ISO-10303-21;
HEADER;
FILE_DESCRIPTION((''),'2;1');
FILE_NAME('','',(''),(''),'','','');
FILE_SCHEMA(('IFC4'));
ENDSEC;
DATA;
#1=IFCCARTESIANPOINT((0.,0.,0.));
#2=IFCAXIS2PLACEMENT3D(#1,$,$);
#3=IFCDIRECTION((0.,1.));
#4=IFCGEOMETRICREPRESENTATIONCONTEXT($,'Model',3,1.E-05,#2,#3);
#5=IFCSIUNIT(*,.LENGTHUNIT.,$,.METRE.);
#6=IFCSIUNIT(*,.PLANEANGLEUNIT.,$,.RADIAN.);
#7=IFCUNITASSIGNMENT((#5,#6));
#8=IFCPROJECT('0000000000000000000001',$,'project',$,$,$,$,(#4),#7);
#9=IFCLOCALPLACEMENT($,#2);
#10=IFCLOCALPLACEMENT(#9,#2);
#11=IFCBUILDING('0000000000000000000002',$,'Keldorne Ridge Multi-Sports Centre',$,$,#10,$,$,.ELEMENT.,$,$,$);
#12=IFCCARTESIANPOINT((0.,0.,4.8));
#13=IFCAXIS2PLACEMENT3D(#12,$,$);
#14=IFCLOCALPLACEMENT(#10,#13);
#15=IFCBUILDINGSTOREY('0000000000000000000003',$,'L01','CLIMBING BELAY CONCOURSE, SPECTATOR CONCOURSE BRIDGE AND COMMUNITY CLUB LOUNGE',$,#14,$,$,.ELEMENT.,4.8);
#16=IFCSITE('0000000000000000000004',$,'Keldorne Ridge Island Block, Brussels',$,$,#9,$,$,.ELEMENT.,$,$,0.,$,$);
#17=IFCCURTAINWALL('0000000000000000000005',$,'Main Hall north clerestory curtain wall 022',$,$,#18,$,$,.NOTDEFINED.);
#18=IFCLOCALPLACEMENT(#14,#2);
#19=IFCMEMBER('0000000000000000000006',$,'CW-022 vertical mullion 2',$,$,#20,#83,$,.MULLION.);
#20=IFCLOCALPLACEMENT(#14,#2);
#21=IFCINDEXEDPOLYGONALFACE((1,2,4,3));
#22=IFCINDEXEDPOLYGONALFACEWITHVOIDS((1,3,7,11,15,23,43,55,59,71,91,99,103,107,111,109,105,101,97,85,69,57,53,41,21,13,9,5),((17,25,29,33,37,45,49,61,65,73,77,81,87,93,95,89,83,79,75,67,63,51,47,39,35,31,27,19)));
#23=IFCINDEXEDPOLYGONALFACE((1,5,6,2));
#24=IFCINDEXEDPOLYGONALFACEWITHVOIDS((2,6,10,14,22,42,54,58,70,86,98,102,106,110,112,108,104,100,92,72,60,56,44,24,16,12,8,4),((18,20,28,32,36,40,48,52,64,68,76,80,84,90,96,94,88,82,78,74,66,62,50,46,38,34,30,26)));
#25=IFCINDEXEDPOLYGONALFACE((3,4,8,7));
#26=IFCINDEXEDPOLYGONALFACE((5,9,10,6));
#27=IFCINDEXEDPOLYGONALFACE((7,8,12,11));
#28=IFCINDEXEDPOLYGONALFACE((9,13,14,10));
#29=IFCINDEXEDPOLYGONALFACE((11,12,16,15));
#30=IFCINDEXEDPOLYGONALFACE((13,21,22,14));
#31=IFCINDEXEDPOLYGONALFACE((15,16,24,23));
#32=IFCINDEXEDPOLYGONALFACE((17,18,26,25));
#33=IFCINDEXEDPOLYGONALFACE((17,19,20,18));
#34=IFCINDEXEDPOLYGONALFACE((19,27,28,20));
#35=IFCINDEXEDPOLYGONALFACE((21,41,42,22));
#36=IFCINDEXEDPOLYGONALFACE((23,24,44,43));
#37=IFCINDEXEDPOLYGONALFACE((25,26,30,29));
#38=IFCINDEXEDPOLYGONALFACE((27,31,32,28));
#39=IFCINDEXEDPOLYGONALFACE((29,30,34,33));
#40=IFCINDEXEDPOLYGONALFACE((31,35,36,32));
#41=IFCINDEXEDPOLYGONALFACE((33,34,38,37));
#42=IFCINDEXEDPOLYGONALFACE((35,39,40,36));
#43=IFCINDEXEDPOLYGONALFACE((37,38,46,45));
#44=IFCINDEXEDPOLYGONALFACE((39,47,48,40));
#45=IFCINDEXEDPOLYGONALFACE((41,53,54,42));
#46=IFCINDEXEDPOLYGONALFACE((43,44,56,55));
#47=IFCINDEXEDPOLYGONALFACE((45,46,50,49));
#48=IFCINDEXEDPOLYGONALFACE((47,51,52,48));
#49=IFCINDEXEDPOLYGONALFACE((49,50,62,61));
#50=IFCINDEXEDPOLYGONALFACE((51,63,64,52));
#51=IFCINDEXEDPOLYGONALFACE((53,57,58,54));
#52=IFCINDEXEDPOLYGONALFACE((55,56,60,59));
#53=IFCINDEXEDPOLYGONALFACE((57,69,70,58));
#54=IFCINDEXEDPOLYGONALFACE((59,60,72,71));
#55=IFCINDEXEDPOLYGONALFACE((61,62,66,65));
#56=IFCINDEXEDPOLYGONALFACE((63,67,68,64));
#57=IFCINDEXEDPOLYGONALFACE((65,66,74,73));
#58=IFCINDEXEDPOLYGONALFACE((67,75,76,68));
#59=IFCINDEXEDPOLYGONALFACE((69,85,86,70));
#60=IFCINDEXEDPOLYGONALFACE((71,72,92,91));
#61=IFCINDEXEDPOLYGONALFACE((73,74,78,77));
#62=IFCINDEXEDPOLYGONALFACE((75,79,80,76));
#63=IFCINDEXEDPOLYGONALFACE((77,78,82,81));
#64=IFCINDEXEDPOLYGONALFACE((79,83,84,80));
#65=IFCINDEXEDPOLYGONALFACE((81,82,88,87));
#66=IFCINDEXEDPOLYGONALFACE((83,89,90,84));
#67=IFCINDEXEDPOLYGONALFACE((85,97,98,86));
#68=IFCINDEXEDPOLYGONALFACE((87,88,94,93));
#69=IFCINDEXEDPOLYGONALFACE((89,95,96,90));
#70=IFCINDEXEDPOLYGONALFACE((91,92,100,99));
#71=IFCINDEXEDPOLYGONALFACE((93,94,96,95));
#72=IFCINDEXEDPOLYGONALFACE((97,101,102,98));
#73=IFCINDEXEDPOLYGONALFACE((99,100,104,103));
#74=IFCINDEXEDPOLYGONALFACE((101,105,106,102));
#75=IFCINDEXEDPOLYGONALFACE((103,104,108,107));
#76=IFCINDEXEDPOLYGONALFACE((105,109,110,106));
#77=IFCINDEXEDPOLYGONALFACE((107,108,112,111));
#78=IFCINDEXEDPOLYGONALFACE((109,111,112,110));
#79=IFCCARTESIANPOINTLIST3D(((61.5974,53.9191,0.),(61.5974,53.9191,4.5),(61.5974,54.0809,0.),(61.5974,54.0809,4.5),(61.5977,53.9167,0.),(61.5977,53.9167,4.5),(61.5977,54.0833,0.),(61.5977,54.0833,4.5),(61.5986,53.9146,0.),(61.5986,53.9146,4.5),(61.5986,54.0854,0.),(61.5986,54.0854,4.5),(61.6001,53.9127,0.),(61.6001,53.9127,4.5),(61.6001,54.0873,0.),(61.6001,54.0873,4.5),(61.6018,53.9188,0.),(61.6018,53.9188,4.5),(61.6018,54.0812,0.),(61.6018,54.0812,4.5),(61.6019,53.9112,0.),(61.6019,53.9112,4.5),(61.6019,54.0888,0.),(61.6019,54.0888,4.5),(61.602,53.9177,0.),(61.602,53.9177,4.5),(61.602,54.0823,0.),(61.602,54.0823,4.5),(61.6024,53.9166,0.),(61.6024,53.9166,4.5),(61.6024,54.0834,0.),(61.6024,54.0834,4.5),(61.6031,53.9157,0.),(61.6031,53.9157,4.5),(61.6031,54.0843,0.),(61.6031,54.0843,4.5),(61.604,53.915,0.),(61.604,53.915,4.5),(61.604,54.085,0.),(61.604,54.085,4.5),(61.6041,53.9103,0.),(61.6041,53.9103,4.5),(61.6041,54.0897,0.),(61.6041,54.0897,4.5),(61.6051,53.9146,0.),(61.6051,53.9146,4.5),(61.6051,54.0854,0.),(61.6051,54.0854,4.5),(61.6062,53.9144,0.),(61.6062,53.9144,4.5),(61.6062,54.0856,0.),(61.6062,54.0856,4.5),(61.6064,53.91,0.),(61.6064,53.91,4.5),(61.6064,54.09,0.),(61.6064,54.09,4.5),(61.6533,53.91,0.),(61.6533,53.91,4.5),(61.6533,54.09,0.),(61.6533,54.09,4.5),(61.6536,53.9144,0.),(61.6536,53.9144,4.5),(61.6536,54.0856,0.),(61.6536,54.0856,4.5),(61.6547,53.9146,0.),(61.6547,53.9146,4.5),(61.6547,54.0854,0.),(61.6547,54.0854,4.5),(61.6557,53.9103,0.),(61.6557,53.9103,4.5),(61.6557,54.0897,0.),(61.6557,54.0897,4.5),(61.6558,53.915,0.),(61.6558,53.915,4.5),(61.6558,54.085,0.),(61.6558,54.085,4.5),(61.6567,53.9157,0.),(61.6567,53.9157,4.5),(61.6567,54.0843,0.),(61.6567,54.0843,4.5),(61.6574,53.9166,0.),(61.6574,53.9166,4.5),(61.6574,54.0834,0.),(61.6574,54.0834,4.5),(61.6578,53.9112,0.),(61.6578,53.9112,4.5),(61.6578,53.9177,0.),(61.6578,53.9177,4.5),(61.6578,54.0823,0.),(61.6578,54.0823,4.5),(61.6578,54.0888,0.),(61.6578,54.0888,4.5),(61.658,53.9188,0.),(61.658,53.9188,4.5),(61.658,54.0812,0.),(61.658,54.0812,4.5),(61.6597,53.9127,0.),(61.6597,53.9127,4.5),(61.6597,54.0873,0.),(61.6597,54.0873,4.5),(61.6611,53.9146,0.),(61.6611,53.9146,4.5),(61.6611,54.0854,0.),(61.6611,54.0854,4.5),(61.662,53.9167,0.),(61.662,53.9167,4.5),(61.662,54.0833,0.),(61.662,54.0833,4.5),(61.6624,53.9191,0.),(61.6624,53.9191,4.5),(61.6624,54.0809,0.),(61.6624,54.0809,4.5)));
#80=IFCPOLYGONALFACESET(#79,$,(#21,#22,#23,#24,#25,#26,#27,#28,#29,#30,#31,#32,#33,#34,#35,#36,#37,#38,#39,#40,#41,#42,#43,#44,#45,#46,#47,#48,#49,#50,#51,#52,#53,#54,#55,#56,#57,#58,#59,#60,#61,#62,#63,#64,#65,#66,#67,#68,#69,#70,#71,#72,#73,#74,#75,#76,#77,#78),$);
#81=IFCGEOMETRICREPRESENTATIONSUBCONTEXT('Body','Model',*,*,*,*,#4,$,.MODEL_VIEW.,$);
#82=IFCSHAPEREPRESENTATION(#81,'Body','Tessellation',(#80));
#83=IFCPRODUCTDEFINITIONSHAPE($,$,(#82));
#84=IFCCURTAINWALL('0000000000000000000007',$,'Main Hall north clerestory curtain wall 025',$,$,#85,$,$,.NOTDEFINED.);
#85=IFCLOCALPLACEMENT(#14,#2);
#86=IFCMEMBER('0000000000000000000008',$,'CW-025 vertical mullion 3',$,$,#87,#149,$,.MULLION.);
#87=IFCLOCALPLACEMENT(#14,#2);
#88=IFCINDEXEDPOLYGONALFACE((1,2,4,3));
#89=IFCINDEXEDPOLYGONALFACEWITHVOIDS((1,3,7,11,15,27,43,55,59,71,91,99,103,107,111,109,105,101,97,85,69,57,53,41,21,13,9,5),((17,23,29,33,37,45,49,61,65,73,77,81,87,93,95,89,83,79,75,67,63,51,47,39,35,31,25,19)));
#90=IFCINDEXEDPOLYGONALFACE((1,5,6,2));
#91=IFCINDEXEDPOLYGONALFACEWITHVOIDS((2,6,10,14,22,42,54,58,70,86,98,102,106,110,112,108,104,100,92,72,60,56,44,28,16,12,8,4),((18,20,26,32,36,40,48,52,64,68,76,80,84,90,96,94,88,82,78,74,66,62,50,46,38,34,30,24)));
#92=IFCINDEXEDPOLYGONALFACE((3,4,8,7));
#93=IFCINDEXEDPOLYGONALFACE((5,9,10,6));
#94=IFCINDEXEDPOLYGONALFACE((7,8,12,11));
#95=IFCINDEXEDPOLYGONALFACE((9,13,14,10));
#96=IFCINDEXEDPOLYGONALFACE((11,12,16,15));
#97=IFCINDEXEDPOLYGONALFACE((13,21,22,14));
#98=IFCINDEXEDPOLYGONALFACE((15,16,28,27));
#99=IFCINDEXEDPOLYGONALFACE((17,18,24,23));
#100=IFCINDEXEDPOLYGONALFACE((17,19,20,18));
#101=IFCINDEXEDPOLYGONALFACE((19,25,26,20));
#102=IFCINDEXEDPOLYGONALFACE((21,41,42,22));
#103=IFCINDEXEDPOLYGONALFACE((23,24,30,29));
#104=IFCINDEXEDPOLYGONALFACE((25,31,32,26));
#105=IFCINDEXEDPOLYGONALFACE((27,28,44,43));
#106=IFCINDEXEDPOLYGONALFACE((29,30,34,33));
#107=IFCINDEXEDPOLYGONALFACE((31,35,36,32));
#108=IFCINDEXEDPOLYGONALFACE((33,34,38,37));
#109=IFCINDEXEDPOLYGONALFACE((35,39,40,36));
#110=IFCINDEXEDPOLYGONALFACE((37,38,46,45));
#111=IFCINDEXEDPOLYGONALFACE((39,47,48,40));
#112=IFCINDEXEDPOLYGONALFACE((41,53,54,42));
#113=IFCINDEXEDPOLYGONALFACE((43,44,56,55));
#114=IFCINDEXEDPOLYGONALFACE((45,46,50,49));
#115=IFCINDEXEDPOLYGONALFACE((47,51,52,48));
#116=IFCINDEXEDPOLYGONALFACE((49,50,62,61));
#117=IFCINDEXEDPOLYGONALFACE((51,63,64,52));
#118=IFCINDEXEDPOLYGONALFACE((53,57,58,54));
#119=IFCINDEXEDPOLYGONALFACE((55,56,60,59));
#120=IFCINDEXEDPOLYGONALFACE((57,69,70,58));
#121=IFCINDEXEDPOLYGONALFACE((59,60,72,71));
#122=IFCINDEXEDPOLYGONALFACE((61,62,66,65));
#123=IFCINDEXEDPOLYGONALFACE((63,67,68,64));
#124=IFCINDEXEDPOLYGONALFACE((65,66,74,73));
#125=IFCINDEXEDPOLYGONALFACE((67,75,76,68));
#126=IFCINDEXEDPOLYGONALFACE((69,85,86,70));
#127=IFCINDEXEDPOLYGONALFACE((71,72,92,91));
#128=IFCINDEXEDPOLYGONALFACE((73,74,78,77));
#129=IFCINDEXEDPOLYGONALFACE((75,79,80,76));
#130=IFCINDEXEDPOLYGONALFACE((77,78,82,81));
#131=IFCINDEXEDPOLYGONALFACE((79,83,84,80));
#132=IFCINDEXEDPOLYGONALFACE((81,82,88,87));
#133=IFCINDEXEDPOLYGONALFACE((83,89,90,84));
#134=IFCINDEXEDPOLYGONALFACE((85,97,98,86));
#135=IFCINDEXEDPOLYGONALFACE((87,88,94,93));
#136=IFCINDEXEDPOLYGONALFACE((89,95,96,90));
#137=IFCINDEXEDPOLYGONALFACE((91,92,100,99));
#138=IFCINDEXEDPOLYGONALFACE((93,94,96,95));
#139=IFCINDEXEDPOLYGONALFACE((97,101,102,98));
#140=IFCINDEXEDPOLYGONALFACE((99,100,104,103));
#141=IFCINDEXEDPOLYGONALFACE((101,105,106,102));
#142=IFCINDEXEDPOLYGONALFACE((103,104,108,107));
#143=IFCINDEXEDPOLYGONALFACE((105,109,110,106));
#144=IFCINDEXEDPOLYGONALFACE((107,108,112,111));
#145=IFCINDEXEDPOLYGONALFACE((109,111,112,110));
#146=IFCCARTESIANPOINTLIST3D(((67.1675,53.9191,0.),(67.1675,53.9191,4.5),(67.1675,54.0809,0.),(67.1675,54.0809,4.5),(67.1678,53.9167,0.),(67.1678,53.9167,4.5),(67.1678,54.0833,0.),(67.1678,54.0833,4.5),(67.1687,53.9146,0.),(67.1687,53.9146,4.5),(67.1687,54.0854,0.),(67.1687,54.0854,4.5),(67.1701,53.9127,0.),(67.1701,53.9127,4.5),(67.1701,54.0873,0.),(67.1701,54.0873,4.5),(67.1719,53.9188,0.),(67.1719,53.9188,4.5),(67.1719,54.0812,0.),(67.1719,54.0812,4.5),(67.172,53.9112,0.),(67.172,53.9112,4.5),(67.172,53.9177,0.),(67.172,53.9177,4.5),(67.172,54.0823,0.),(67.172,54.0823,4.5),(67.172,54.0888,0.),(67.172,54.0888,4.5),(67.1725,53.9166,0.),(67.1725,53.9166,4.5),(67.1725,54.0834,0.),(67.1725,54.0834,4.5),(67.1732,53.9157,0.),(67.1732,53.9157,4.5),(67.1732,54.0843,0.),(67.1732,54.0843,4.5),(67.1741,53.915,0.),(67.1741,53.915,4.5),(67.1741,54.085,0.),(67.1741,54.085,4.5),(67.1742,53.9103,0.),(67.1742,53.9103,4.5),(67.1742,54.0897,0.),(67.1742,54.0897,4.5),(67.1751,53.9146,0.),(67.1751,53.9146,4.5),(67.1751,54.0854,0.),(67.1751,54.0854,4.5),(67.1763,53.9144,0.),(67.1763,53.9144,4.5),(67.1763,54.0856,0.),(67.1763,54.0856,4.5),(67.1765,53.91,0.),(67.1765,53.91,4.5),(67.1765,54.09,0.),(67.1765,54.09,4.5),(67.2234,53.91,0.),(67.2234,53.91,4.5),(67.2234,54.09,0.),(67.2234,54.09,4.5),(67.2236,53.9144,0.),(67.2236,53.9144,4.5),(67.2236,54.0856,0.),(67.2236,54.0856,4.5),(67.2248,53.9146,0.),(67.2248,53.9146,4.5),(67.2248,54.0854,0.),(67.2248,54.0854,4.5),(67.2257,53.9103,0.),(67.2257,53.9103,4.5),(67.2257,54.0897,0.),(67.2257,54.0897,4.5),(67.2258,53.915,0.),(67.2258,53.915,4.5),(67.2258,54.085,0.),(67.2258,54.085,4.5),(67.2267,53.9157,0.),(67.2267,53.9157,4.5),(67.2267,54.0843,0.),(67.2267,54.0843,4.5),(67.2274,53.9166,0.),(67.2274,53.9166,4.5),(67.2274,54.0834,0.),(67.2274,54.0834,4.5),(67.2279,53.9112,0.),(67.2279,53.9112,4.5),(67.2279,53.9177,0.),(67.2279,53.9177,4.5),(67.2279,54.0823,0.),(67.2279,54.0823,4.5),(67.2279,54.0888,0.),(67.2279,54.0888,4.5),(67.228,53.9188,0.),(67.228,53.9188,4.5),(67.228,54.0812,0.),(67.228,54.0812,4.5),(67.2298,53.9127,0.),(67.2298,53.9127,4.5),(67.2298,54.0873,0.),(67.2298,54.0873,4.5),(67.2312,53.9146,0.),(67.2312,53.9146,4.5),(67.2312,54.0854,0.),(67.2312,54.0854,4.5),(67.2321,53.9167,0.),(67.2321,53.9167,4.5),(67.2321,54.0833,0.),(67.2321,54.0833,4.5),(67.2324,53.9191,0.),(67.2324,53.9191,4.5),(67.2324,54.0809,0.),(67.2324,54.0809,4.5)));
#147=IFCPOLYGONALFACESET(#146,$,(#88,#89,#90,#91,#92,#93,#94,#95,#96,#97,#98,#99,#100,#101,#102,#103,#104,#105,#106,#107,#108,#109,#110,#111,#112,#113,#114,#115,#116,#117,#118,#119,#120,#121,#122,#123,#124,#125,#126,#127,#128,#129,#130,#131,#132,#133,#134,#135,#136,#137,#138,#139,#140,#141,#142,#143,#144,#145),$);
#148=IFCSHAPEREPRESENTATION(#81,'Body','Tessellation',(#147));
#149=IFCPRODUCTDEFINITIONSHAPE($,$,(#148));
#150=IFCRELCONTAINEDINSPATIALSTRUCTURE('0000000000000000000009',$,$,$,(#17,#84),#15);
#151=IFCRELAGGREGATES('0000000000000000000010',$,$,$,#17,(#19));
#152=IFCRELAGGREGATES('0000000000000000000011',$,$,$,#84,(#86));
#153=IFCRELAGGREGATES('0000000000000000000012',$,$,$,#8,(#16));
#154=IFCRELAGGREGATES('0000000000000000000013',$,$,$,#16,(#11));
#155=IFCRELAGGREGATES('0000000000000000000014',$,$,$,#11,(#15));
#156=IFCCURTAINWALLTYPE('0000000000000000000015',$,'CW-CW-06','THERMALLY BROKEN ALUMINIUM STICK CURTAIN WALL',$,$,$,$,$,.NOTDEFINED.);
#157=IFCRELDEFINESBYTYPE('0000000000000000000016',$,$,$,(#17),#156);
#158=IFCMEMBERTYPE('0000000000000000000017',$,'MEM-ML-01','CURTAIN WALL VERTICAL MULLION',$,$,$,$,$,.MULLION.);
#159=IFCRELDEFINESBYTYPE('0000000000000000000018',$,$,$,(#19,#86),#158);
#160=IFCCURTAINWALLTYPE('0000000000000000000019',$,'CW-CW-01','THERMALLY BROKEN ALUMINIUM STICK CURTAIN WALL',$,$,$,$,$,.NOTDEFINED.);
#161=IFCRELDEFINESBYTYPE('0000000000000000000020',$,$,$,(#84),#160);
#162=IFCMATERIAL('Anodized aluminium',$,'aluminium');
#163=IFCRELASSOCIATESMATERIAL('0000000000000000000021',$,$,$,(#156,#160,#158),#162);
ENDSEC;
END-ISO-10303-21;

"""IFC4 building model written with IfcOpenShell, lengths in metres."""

from ifc_helpers import new_model, si_unit, direction, frame, origin, origin_2d, place, context, subcontext, project, spatial, hollow_rectangle, extrude, material, material_profile, profile_set, type_object, element, aggregate, save


model = new_model("IFC4")

# Units and contexts
model_context = context("Model", 3, precision=1e-05, world=origin(), true_north=direction((0.0, 1.0)))
body_context = subcontext(model_context, "Body", "Model", "MODEL_VIEW")
ifc_project = project(units=[si_unit("LENGTHUNIT", "METRE"), si_unit("PLANEANGLEUNIT", "RADIAN")], contexts=[model_context])

# Site, building, storey
site_placement = place(None, origin())
site = spatial("IfcSite", under=ifc_project, at=site_placement, Name="Keldorne Ridge Island Block, Brussels", CompositionType="ELEMENT", RefElevation=0.0)
building_placement = place(site_placement, origin())
building = spatial("IfcBuilding", under=site, at=building_placement, Name="Keldorne Ridge Multi-Sports Centre", CompositionType="ELEMENT")
storey_placement = place(building_placement, frame((0.0, 0.0, 4.8)))
storey = spatial("IfcBuildingStorey", under=building, at=storey_placement, Name="L01", Description="CLIMBING BELAY CONCOURSE, SPECTATOR CONCOURSE BRIDGE AND COMMUNITY CLUB LOUNGE", CompositionType="ELEMENT", Elevation=4.8)

# Curtain walls, members
ifc_material_1 = material(Name="Anodized aluminium", Category="aluminium")
curtain_wall_type_1 = type_object("IfcCurtainWallType", Name="CW-CW-06", Description="THERMALLY BROKEN ALUMINIUM STICK CURTAIN WALL", PredefinedType="NOTDEFINED", material=ifc_material_1)
curtain_wall_1_placement = place(storey_placement, origin())
curtain_wall_1 = element("IfcCurtainWall", 1, at=curtain_wall_1_placement, inside=storey, type_object=curtain_wall_type_1, Name="Main Hall north clerestory curtain wall 022", PredefinedType="NOTDEFINED")
ifc_material_profile_1 = material_profile(ifc_material_1, hollow_rectangle(XDim=0.0649, YDim=0.1799, WallThickness=0.0044, InnerFilletRadius=0.0044, OuterFilletRadius=0.009, at=origin_2d()), Name="ALU MULLION 180x65x4.5")
ifc_profile_set_1 = profile_set([ifc_material_profile_1], Name="Anodized aluminium")
member_type_1 = type_object("IfcMemberType", Name="MEM-ML-01", Description="CURTAIN WALL VERTICAL MULLION", PredefinedType="MULLION", material=ifc_profile_set_1)
member_1_placement = place(storey_placement, frame((61.6299, 54.0, 0.0), z_axis=(0.0, 0.0, 1.0), x_axis=(1.0, 0.0, 0.0)))
member_1 = element("IfcMember", 2, at=member_1_placement, type_object=member_type_1, Name="CW-022 vertical mullion 2", PredefinedType="MULLION", context=body_context, shape_type="SweptSolid", body=[
    extrude(hollow_rectangle(XDim=0.0649, YDim=0.1799, WallThickness=0.0044, InnerFilletRadius=0.0044, OuterFilletRadius=0.009, at=origin_2d()), origin(), (0.0, 0.0, 1.0), 4.5),
])
curtain_wall_type_2 = type_object("IfcCurtainWallType", Name="CW-CW-01", Description="THERMALLY BROKEN ALUMINIUM STICK CURTAIN WALL", PredefinedType="NOTDEFINED", material=ifc_material_1)
curtain_wall_2_placement = place(storey_placement, origin())
curtain_wall_2 = element("IfcCurtainWall", 3, at=curtain_wall_2_placement, inside=storey, type_object=curtain_wall_type_2, Name="Main Hall north clerestory curtain wall 025", PredefinedType="NOTDEFINED")
member_2_placement = place(storey_placement, frame((67.2, 54.0, 0.0), z_axis=(0.0, 0.0, 1.0), x_axis=(1.0, 0.0, 0.0)))
member_2 = element("IfcMember", 4, at=member_2_placement, type_object=member_type_1, Name="CW-025 vertical mullion 3", PredefinedType="MULLION", context=body_context, shape_type="SweptSolid", body=[
    extrude(hollow_rectangle(XDim=0.0649, YDim=0.1799, WallThickness=0.0044, InnerFilletRadius=0.0044, OuterFilletRadius=0.009, at=origin_2d()), origin(), (0.0, 0.0, 1.0), 4.5),
])

aggregate(curtain_wall_1, [member_1])
aggregate(curtain_wall_2, [member_2])

save(model, "model.ifc")
